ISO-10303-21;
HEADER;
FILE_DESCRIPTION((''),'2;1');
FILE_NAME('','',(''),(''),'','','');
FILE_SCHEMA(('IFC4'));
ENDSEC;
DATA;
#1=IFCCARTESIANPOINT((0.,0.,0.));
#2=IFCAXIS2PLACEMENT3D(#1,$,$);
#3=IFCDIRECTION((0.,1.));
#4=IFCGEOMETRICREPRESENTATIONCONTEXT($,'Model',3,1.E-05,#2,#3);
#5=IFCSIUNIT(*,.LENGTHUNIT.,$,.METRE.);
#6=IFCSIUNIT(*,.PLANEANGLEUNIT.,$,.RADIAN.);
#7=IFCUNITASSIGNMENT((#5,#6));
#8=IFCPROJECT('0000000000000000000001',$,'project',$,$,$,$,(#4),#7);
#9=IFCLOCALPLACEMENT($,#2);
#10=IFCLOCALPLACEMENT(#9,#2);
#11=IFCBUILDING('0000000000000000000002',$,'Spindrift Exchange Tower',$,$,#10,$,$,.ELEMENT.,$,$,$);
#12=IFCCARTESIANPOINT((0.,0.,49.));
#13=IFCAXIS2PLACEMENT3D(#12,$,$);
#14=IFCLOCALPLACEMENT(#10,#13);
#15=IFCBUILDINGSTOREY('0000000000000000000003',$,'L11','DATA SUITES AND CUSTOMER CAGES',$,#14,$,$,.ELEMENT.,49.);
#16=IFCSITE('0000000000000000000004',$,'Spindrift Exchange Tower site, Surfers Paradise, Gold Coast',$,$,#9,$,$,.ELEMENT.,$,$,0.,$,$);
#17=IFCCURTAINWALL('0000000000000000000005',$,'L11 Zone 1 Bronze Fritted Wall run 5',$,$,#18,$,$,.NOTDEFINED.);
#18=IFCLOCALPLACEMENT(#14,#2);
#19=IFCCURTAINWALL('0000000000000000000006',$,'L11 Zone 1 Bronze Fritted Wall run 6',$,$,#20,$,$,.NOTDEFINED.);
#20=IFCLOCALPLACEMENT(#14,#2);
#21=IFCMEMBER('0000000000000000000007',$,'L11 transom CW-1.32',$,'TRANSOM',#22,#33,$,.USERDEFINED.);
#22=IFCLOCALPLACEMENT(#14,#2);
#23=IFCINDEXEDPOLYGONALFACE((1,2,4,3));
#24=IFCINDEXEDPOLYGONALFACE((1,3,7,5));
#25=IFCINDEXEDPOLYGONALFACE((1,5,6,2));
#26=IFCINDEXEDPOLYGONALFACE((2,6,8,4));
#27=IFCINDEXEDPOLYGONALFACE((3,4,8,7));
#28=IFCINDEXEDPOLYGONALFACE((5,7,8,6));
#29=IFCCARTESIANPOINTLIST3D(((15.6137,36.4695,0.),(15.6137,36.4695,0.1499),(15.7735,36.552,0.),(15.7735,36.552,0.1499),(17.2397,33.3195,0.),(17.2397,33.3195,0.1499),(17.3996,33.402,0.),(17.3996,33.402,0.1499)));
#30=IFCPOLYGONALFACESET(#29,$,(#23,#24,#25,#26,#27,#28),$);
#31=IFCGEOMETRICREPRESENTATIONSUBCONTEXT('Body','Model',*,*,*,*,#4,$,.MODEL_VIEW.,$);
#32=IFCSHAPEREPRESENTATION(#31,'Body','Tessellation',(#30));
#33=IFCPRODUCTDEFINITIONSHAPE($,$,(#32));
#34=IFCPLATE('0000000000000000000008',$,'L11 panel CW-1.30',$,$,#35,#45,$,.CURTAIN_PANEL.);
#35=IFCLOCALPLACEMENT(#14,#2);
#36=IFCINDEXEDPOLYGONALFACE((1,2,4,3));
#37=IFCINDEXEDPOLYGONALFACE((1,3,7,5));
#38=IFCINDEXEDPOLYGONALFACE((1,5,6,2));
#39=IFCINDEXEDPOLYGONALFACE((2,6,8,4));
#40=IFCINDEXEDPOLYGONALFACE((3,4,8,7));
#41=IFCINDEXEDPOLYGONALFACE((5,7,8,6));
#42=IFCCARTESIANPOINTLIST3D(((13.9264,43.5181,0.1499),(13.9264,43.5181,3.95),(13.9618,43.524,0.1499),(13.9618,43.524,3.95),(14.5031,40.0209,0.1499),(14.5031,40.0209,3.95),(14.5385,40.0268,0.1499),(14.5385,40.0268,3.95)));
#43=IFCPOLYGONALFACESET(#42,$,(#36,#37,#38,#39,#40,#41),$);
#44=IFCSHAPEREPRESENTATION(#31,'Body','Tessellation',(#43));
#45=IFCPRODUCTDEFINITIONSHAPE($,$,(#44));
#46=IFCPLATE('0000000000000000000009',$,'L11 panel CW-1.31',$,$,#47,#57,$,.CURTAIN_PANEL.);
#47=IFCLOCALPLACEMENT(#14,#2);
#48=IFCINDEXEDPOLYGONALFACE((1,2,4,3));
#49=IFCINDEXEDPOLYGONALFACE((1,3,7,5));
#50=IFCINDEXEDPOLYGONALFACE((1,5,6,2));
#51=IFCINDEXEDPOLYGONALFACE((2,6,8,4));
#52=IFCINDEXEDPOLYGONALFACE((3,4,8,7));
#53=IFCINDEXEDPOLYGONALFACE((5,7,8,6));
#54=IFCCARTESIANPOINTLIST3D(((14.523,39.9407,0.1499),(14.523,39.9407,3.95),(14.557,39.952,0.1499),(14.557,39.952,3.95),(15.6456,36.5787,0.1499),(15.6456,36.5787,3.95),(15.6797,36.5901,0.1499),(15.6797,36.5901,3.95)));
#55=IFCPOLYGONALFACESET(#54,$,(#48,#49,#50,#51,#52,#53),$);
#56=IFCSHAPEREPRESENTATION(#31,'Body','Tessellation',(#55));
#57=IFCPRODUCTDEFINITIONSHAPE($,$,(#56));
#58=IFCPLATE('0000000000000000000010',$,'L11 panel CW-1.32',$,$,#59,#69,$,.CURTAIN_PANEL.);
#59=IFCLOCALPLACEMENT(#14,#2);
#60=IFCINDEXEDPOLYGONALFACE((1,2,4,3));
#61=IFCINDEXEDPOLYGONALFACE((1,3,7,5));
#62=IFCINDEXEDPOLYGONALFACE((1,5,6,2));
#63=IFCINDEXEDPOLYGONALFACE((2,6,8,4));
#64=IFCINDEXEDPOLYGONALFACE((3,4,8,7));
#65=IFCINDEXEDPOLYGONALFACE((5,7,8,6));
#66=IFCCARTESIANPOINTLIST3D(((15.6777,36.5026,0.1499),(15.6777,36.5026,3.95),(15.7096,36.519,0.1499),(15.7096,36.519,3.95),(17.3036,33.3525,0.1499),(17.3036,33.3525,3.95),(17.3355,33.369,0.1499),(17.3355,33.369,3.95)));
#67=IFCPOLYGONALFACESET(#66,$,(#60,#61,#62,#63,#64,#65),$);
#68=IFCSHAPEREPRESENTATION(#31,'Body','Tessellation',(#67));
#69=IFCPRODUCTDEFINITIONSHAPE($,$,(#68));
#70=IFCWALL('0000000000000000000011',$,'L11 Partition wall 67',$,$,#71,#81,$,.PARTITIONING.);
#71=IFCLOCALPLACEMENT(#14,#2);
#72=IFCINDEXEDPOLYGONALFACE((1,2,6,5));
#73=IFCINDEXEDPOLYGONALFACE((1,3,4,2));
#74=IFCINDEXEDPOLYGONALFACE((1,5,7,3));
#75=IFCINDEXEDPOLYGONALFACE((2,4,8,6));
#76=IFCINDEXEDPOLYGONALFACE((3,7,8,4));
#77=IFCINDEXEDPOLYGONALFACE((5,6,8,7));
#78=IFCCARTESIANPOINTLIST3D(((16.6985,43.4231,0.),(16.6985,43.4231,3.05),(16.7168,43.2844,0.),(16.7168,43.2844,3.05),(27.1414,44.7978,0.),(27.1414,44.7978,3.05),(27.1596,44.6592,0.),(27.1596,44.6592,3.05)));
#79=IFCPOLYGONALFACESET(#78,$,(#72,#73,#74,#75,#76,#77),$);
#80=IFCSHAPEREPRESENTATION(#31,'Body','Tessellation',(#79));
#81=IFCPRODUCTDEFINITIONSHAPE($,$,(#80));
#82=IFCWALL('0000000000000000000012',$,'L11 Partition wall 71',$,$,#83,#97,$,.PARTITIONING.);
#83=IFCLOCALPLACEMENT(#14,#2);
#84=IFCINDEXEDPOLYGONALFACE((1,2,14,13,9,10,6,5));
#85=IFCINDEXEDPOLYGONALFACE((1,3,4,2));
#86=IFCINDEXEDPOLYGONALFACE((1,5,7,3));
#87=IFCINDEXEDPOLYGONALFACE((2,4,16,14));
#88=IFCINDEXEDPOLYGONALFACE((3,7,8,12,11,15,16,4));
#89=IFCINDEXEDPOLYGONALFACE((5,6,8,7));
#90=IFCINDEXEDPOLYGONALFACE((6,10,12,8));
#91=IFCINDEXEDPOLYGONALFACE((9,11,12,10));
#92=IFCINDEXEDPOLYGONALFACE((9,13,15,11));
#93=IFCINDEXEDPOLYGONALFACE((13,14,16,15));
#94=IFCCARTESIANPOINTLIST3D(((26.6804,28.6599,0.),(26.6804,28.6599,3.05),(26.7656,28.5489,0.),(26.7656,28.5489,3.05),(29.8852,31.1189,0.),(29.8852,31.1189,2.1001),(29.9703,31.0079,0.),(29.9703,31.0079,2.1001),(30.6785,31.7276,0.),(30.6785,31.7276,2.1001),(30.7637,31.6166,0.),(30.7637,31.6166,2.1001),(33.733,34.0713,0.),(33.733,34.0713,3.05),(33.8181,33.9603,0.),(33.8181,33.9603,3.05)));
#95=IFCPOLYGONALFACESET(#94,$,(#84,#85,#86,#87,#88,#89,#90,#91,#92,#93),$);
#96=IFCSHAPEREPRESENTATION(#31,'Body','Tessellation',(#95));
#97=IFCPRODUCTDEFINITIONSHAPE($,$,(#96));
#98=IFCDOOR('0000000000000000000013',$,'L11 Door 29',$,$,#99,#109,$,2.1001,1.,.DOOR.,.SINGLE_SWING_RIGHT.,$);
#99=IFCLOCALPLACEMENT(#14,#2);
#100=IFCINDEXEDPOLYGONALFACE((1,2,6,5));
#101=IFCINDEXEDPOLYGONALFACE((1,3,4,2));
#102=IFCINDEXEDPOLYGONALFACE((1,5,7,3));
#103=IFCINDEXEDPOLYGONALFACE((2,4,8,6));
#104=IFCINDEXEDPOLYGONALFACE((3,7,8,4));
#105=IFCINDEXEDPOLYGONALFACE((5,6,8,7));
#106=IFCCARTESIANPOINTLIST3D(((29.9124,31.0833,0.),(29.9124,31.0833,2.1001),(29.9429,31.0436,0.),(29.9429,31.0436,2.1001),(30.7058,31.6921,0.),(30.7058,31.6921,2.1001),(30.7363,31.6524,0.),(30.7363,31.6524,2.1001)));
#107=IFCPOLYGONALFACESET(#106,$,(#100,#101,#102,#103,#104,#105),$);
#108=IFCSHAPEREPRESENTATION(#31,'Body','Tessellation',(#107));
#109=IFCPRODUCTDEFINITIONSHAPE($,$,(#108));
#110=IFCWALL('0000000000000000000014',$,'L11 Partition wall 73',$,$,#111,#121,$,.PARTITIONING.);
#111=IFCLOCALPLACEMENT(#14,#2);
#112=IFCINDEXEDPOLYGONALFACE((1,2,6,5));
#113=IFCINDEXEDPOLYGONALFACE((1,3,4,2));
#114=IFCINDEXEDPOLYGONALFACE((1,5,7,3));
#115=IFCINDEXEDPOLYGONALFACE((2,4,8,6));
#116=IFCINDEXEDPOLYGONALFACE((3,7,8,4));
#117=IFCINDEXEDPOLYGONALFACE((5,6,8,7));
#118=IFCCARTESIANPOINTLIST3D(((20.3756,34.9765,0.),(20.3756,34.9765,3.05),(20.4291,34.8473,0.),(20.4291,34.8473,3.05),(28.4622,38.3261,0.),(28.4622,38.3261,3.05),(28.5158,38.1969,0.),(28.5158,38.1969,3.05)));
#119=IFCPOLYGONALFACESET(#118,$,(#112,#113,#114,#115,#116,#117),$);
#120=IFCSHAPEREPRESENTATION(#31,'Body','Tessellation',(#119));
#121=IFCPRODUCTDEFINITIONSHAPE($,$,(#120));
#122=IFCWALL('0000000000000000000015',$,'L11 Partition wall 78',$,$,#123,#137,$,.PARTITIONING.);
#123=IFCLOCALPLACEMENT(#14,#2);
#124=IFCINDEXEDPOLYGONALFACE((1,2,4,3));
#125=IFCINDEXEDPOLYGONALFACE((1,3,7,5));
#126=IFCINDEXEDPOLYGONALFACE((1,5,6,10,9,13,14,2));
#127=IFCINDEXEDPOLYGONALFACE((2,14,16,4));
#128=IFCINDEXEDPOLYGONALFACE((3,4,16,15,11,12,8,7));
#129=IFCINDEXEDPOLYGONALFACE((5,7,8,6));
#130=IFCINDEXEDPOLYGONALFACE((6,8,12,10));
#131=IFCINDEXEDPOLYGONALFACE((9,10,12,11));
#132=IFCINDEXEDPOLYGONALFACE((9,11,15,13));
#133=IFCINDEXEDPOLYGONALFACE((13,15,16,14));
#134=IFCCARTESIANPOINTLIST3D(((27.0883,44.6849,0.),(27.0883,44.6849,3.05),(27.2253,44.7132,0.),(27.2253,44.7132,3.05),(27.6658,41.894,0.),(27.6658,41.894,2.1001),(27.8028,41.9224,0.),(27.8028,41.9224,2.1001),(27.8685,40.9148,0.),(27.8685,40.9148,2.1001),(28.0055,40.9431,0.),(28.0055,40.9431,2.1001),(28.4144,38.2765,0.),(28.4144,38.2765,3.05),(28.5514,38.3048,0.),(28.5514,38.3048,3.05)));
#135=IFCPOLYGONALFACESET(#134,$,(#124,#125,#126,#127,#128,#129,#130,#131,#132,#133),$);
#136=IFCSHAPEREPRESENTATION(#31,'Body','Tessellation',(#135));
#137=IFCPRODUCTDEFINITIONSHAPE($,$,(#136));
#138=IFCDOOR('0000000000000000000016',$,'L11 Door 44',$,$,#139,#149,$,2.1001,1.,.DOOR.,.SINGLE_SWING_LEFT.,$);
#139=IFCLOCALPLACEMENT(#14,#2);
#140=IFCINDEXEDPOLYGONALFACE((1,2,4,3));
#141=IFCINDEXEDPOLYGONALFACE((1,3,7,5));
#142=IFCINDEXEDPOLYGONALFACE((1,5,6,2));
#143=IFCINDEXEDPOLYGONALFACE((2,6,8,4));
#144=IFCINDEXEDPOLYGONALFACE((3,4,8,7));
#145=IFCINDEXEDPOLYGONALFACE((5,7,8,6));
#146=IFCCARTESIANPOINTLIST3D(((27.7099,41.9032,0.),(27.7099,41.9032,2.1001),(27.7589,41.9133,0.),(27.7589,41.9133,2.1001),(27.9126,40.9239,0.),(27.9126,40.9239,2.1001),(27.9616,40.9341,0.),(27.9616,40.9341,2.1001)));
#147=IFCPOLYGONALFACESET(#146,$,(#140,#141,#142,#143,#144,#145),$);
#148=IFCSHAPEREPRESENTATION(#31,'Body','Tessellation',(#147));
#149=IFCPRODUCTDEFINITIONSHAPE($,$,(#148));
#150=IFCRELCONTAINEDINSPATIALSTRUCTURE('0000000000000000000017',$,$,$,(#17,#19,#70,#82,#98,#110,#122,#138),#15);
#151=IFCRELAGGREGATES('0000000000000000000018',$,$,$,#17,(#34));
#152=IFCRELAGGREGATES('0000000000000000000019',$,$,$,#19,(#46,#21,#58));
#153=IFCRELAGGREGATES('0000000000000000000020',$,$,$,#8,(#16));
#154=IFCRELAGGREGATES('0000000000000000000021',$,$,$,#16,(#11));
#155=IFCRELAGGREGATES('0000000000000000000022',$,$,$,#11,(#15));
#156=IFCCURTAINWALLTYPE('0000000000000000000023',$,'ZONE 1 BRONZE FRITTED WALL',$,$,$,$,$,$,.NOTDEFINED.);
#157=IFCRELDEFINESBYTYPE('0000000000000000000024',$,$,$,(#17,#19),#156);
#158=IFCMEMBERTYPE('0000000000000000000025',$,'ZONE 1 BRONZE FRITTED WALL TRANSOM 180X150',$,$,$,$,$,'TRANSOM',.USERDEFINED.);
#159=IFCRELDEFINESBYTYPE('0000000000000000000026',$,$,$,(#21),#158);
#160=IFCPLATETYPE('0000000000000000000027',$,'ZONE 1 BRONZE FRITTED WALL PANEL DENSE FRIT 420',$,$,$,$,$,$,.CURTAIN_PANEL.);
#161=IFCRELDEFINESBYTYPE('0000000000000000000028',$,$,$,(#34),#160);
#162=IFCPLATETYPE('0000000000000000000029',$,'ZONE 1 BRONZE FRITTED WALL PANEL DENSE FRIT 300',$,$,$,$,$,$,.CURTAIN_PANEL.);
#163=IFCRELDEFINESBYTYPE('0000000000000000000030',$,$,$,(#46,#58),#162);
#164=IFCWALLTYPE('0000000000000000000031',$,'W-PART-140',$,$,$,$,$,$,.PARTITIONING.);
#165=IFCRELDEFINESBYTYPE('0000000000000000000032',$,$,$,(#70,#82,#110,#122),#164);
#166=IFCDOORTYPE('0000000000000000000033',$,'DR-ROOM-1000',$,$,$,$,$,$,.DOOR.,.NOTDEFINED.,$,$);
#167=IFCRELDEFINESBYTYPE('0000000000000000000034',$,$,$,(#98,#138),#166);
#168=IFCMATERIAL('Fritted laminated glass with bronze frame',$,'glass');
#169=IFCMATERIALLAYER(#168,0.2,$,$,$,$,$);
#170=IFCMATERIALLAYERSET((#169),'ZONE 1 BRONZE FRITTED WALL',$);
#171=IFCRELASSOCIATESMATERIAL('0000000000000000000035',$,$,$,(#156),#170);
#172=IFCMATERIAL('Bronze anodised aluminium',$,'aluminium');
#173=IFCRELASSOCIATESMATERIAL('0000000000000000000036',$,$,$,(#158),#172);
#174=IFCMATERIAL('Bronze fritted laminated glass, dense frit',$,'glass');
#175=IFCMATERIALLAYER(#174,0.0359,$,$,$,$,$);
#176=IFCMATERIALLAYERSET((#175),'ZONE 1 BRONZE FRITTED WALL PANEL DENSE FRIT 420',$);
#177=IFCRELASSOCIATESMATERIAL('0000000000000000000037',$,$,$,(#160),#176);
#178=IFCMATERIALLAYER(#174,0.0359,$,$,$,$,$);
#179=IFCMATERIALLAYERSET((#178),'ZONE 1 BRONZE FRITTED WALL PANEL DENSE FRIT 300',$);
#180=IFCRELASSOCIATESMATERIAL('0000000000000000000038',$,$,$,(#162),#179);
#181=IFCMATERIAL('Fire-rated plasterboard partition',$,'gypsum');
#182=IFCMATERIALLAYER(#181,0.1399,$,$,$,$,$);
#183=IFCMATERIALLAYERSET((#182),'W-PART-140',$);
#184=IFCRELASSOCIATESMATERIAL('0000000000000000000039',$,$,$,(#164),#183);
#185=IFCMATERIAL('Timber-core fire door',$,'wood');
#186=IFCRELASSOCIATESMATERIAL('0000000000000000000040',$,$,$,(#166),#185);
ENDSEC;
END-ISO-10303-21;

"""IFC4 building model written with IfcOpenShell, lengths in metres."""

from ifc_helpers import new_model, si_unit, direction, frame, frame_2d, origin, origin_2d, place, context, subcontext, project, spatial, rectangle, extrude, source, transform, mapped, material, layer, layer_set, material_profile, profile_set, type_object, element, fill, aggregate, save


model = new_model("IFC4")

# Units and contexts
model_context = context("Model", 3, precision=1e-05, world=origin(), true_north=direction((0.0, 1.0)))
body_context = subcontext(model_context, "Body", "Model", "MODEL_VIEW")
ifc_project = project(units=[si_unit("LENGTHUNIT", "METRE"), si_unit("PLANEANGLEUNIT", "RADIAN")], contexts=[model_context])

# Site, building, storey
site_placement = place(None, origin())
site = spatial("IfcSite", under=ifc_project, at=site_placement, Name="Spindrift Exchange Tower site, Surfers Paradise, Gold Coast", CompositionType="ELEMENT", RefElevation=0.0)
building_placement = place(site_placement, origin())
building = spatial("IfcBuilding", under=site, at=building_placement, Name="Spindrift Exchange Tower", CompositionType="ELEMENT")
storey_placement = place(building_placement, frame((0.0, 0.0, 49.0)))
storey = spatial("IfcBuildingStorey", under=building, at=storey_placement, Name="L11", Description="DATA SUITES AND CUSTOMER CAGES", CompositionType="ELEMENT", Elevation=49.0)

# Curtain wall
ifc_material_1 = material(Name="Fritted laminated glass with bronze frame", Category="glass")
ifc_layer_1 = layer(ifc_material_1, 0.2)
ifc_layer_set_1 = layer_set([ifc_layer_1], Name="ZONE 1 BRONZE FRITTED WALL")
curtain_wall_type = type_object("IfcCurtainWallType", Name="ZONE 1 BRONZE FRITTED WALL", PredefinedType="NOTDEFINED", material=ifc_layer_set_1)
curtain_wall_1_placement = place(storey_placement, origin())
curtain_wall_1 = element("IfcCurtainWall", 1, at=curtain_wall_1_placement, inside=storey, type_object=curtain_wall_type, Name="L11 Zone 1 Bronze Fritted Wall run 5", PredefinedType="NOTDEFINED")
ifc_material_2 = material(Name="Bronze anodised aluminium", Category="aluminium")

# Curtain wall
curtain_wall_2_placement = place(storey_placement, origin())
curtain_wall_2 = element("IfcCurtainWall", 2, at=curtain_wall_2_placement, inside=storey, type_object=curtain_wall_type, Name="L11 Zone 1 Bronze Fritted Wall run 6", PredefinedType="NOTDEFINED")

# Member
ifc_material_profile_1 = material_profile(ifc_material_2, rectangle(XDim=0.1799, YDim=0.1499, at=origin_2d()), Name="ZONE 1 BRONZE FRITTED WALL TRANSOM 180X150")
ifc_profile_set_1 = profile_set([ifc_material_profile_1], Name="Bronze anodised aluminium")
member_type_1 = type_object("IfcMemberType", Name="ZONE 1 BRONZE FRITTED WALL TRANSOM 180X150", ElementType="TRANSOM", PredefinedType="USERDEFINED", material=ifc_profile_set_1)
shared_shape_1 = source(origin(), body_context, "Body", "SweptSolid", [
    extrude(rectangle(XDim=0.1799, YDim=0.1499, at=origin_2d()), origin(), (0.0, 0.0, 1.0), 3.5449),
])
member_1_placement = place(storey_placement, frame((15.6936, 36.5107, 0.075), z_axis=(0.458692, -0.888595, 0.0), x_axis=(0.888595, 0.458692, 0.0)))
member_1 = element("IfcMember", 3, at=member_1_placement, type_object=member_type_1, Name="L11 transom CW-1.32", ObjectType="TRANSOM", PredefinedType="USERDEFINED", context=body_context, shape_type="MappedRepresentation", body=[
    mapped(shared_shape_1, transform((0.0, 0.0, 0.0), scale=1.0)),
])

# Plates
ifc_material_3 = material(Name="Bronze fritted laminated glass, dense frit", Category="glass")
ifc_layer_2 = layer(ifc_material_3, 0.0359)
ifc_layer_set_2 = layer_set([ifc_layer_2], Name="ZONE 1 BRONZE FRITTED WALL PANEL DENSE FRIT 420")
plate_type_1 = type_object("IfcPlateType", Name="ZONE 1 BRONZE FRITTED WALL PANEL DENSE FRIT 420", PredefinedType="CURTAIN_PANEL", material=ifc_layer_set_2)
shared_shape_2 = source(origin(), body_context, "Body", "SweptSolid", [
    extrude(rectangle(XDim=3.5444, YDim=0.0359, at=origin_2d()), origin(), (0.0, 0.0, 1.0), 3.8),
])
plate_1_placement = place(storey_placement, frame((14.2324, 41.7725, 0.1499), z_axis=(0.0, 0.0, 1.0), x_axis=(0.162703, -0.986675, 0.0)))
plate_1 = element("IfcPlate", 4, at=plate_1_placement, type_object=plate_type_1, Name="L11 panel CW-1.30", PredefinedType="CURTAIN_PANEL", context=body_context, shape_type="MappedRepresentation", body=[
    mapped(shared_shape_2, transform((0.0, 0.0, 0.0), scale=1.0)),
])
aggregate(curtain_wall_1, [plate_1])
ifc_layer_3 = layer(ifc_material_3, 0.0359)
ifc_layer_set_3 = layer_set([ifc_layer_3], Name="ZONE 1 BRONZE FRITTED WALL PANEL DENSE FRIT 300")
plate_type_2 = type_object("IfcPlateType", Name="ZONE 1 BRONZE FRITTED WALL PANEL DENSE FRIT 300", PredefinedType="CURTAIN_PANEL", material=ifc_layer_set_3)
shared_shape_3 = source(origin(), body_context, "Body", "SweptSolid", [
    extrude(rectangle(XDim=3.5444, YDim=0.0359, at=origin_2d()), origin(), (0.0, 0.0, 1.0), 3.8),
])
plate_2_placement = place(storey_placement, frame((15.1013, 38.2654, 0.1499), z_axis=(0.0, 0.0, 1.0), x_axis=(0.316732, -0.948515, 0.0)))
plate_2 = element("IfcPlate", 5, at=plate_2_placement, type_object=plate_type_2, Name="L11 panel CW-1.31", PredefinedType="CURTAIN_PANEL", context=body_context, shape_type="MappedRepresentation", body=[
    mapped(shared_shape_3, transform((0.0, 0.0, 0.0), scale=1.0)),
])
shared_shape_4 = source(origin(), body_context, "Body", "SweptSolid", [
    extrude(rectangle(XDim=3.5449, YDim=0.0359, at=origin_2d()), origin(), (0.0, 0.0, 1.0), 3.8),
])
plate_3_placement = place(storey_placement, frame((16.5066, 34.9358, 0.1499), z_axis=(0.0, 0.0, 1.0), x_axis=(0.458676, -0.888604, 0.0)))
plate_3 = element("IfcPlate", 6, at=plate_3_placement, type_object=plate_type_2, Name="L11 panel CW-1.32", PredefinedType="CURTAIN_PANEL", context=body_context, shape_type="MappedRepresentation", body=[
    mapped(shared_shape_4, transform((0.0, 0.0, 0.0), scale=1.0)),
])
aggregate(curtain_wall_2, [plate_2, member_1, plate_3])

# Wall
ifc_material_4 = material(Name="Fire-rated plasterboard partition", Category="gypsum")
ifc_layer_4 = layer(ifc_material_4, 0.1399)
ifc_layer_set_4 = layer_set([ifc_layer_4], Name="W-PART-140")
wall_type = type_object("IfcWallType", Name="W-PART-140", PredefinedType="PARTITIONING", material=ifc_layer_set_4)
wall_1_placement = place(storey_placement, frame((27.1506, 44.7285, 0.0), z_axis=(0.0, 0.0, 1.0), x_axis=(-0.991446, -0.130519, 0.0)))
element("IfcWall", 7, at=wall_1_placement, inside=storey, type_object=wall_type, Name="L11 Partition wall 67", PredefinedType="PARTITIONING", context=body_context, shape_type="SweptSolid", body=[
    extrude(rectangle(XDim=10.533, YDim=0.1399, at=frame_2d((5.2666, 0.0))), origin(), (0.0, 0.0, 1.0), 3.05),
])

# Wall, opening, door
wall_2_placement = place(storey_placement, frame((33.7756, 34.0159, 0.0), z_axis=(0.0, 0.0, 1.0), x_axis=(-0.793364, -0.608748, 0.0)))
wall_2 = element("IfcWall", 8, at=wall_2_placement, inside=storey, type_object=wall_type, Name="L11 Partition wall 71", PredefinedType="PARTITIONING", context=body_context, shape_type="SweptSolid", body=[
    extrude(rectangle(XDim=8.8894, YDim=0.1399, at=frame_2d((4.4448, 0.0))), origin(), (0.0, 0.0, 1.0), 3.05),
])
opening_1_placement = place(wall_2_placement, frame((3.8501, 0.0, 0.0)))
opening_1 = element("IfcOpeningElement", 9, at=opening_1_placement, cuts=wall_2, PredefinedType="OPENING", context=body_context, shape_type="SweptSolid", body=[
    extrude(rectangle(XDim=1.0, YDim=2.1001, at=frame_2d((0.5, 1.05))), frame((0.0, 0.0798, 0.0), z_axis=(0.0, -1.0, 0.0), x_axis=(1.0, 0.0, 0.0)), (0.0, 0.0, 1.0), 0.1599),
])
ifc_material_5 = material(Name="Timber-core fire door", Category="wood")
door_type = type_object("IfcDoorType", Name="DR-ROOM-1000", OperationType="NOTDEFINED", PredefinedType="DOOR", material=ifc_material_5)
shared_shape_5 = source(origin(), body_context, "Body", "SweptSolid", [
    extrude(rectangle(XDim=1.0, YDim=2.1001, at=frame_2d((0.5, 1.05))), frame((0.0, 0.0249, 0.0), z_axis=(0.0, -1.0, 0.0), x_axis=(1.0, 0.0, 0.0)), (0.0, 0.0, 1.0), 0.05),
])
door_1_placement = place(opening_1_placement, origin())
door_1 = element("IfcDoor", 10, at=door_1_placement, inside=storey, type_object=door_type, Name="L11 Door 29", OperationType="SINGLE_SWING_RIGHT", OverallHeight=2.1001, OverallWidth=1.0, PredefinedType="DOOR", context=body_context, shape_type="MappedRepresentation", body=[
    mapped(shared_shape_5, transform((0.0, 0.0, 0.0), scale=1.0)),
])
fill(opening_1, door_1)

# Wall
wall_3_placement = place(storey_placement, frame((28.489, 38.2615, 0.0), z_axis=(0.0, 0.0, 1.0), x_axis=(-0.923879, -0.382684, 0.0)))
element("IfcWall", 11, at=wall_3_placement, inside=storey, type_object=wall_type, Name="L11 Partition wall 73", PredefinedType="PARTITIONING", context=body_context, shape_type="SweptSolid", body=[
    extrude(rectangle(XDim=8.7529, YDim=0.1399, at=frame_2d((4.3765, 0.0))), origin(), (0.0, 0.0, 1.0), 3.05),
])

# Wall, opening, door
wall_4_placement = place(storey_placement, frame((28.4829, 38.2908, 0.0), z_axis=(0.0, 0.0, 1.0), x_axis=(-0.202648, 0.979252, 0.0)))
wall_4 = element("IfcWall", 12, at=wall_4_placement, inside=storey, type_object=wall_type, Name="L11 Partition wall 78", PredefinedType="PARTITIONING", context=body_context, shape_type="SweptSolid", body=[
    extrude(rectangle(XDim=6.5442, YDim=0.1399, at=frame_2d((3.272, 0.0))), origin(), (0.0, 0.0, 1.0), 3.05),
])
opening_2_placement = place(wall_4_placement, frame((2.6941, 0.0, 0.0)))
opening_2 = element("IfcOpeningElement", 13, at=opening_2_placement, cuts=wall_4, PredefinedType="OPENING", context=body_context, shape_type="SweptSolid", body=[
    extrude(rectangle(XDim=1.0, YDim=2.1001, at=frame_2d((0.5, 1.05))), frame((0.0, 0.0798, 0.0), z_axis=(0.0, -1.0, 0.0), x_axis=(1.0, 0.0, 0.0)), (0.0, 0.0, 1.0), 0.1599),
])
door_2_placement = place(opening_2_placement, origin())
door_2 = element("IfcDoor", 14, at=door_2_placement, inside=storey, type_object=door_type, Name="L11 Door 44", OperationType="SINGLE_SWING_LEFT", OverallHeight=2.1001, OverallWidth=1.0, PredefinedType="DOOR", context=body_context, shape_type="MappedRepresentation", body=[
    mapped(shared_shape_5, transform((0.0, 0.0, 0.0), scale=1.0)),
])
fill(opening_2, door_2)

save(model, "model.ifc")
